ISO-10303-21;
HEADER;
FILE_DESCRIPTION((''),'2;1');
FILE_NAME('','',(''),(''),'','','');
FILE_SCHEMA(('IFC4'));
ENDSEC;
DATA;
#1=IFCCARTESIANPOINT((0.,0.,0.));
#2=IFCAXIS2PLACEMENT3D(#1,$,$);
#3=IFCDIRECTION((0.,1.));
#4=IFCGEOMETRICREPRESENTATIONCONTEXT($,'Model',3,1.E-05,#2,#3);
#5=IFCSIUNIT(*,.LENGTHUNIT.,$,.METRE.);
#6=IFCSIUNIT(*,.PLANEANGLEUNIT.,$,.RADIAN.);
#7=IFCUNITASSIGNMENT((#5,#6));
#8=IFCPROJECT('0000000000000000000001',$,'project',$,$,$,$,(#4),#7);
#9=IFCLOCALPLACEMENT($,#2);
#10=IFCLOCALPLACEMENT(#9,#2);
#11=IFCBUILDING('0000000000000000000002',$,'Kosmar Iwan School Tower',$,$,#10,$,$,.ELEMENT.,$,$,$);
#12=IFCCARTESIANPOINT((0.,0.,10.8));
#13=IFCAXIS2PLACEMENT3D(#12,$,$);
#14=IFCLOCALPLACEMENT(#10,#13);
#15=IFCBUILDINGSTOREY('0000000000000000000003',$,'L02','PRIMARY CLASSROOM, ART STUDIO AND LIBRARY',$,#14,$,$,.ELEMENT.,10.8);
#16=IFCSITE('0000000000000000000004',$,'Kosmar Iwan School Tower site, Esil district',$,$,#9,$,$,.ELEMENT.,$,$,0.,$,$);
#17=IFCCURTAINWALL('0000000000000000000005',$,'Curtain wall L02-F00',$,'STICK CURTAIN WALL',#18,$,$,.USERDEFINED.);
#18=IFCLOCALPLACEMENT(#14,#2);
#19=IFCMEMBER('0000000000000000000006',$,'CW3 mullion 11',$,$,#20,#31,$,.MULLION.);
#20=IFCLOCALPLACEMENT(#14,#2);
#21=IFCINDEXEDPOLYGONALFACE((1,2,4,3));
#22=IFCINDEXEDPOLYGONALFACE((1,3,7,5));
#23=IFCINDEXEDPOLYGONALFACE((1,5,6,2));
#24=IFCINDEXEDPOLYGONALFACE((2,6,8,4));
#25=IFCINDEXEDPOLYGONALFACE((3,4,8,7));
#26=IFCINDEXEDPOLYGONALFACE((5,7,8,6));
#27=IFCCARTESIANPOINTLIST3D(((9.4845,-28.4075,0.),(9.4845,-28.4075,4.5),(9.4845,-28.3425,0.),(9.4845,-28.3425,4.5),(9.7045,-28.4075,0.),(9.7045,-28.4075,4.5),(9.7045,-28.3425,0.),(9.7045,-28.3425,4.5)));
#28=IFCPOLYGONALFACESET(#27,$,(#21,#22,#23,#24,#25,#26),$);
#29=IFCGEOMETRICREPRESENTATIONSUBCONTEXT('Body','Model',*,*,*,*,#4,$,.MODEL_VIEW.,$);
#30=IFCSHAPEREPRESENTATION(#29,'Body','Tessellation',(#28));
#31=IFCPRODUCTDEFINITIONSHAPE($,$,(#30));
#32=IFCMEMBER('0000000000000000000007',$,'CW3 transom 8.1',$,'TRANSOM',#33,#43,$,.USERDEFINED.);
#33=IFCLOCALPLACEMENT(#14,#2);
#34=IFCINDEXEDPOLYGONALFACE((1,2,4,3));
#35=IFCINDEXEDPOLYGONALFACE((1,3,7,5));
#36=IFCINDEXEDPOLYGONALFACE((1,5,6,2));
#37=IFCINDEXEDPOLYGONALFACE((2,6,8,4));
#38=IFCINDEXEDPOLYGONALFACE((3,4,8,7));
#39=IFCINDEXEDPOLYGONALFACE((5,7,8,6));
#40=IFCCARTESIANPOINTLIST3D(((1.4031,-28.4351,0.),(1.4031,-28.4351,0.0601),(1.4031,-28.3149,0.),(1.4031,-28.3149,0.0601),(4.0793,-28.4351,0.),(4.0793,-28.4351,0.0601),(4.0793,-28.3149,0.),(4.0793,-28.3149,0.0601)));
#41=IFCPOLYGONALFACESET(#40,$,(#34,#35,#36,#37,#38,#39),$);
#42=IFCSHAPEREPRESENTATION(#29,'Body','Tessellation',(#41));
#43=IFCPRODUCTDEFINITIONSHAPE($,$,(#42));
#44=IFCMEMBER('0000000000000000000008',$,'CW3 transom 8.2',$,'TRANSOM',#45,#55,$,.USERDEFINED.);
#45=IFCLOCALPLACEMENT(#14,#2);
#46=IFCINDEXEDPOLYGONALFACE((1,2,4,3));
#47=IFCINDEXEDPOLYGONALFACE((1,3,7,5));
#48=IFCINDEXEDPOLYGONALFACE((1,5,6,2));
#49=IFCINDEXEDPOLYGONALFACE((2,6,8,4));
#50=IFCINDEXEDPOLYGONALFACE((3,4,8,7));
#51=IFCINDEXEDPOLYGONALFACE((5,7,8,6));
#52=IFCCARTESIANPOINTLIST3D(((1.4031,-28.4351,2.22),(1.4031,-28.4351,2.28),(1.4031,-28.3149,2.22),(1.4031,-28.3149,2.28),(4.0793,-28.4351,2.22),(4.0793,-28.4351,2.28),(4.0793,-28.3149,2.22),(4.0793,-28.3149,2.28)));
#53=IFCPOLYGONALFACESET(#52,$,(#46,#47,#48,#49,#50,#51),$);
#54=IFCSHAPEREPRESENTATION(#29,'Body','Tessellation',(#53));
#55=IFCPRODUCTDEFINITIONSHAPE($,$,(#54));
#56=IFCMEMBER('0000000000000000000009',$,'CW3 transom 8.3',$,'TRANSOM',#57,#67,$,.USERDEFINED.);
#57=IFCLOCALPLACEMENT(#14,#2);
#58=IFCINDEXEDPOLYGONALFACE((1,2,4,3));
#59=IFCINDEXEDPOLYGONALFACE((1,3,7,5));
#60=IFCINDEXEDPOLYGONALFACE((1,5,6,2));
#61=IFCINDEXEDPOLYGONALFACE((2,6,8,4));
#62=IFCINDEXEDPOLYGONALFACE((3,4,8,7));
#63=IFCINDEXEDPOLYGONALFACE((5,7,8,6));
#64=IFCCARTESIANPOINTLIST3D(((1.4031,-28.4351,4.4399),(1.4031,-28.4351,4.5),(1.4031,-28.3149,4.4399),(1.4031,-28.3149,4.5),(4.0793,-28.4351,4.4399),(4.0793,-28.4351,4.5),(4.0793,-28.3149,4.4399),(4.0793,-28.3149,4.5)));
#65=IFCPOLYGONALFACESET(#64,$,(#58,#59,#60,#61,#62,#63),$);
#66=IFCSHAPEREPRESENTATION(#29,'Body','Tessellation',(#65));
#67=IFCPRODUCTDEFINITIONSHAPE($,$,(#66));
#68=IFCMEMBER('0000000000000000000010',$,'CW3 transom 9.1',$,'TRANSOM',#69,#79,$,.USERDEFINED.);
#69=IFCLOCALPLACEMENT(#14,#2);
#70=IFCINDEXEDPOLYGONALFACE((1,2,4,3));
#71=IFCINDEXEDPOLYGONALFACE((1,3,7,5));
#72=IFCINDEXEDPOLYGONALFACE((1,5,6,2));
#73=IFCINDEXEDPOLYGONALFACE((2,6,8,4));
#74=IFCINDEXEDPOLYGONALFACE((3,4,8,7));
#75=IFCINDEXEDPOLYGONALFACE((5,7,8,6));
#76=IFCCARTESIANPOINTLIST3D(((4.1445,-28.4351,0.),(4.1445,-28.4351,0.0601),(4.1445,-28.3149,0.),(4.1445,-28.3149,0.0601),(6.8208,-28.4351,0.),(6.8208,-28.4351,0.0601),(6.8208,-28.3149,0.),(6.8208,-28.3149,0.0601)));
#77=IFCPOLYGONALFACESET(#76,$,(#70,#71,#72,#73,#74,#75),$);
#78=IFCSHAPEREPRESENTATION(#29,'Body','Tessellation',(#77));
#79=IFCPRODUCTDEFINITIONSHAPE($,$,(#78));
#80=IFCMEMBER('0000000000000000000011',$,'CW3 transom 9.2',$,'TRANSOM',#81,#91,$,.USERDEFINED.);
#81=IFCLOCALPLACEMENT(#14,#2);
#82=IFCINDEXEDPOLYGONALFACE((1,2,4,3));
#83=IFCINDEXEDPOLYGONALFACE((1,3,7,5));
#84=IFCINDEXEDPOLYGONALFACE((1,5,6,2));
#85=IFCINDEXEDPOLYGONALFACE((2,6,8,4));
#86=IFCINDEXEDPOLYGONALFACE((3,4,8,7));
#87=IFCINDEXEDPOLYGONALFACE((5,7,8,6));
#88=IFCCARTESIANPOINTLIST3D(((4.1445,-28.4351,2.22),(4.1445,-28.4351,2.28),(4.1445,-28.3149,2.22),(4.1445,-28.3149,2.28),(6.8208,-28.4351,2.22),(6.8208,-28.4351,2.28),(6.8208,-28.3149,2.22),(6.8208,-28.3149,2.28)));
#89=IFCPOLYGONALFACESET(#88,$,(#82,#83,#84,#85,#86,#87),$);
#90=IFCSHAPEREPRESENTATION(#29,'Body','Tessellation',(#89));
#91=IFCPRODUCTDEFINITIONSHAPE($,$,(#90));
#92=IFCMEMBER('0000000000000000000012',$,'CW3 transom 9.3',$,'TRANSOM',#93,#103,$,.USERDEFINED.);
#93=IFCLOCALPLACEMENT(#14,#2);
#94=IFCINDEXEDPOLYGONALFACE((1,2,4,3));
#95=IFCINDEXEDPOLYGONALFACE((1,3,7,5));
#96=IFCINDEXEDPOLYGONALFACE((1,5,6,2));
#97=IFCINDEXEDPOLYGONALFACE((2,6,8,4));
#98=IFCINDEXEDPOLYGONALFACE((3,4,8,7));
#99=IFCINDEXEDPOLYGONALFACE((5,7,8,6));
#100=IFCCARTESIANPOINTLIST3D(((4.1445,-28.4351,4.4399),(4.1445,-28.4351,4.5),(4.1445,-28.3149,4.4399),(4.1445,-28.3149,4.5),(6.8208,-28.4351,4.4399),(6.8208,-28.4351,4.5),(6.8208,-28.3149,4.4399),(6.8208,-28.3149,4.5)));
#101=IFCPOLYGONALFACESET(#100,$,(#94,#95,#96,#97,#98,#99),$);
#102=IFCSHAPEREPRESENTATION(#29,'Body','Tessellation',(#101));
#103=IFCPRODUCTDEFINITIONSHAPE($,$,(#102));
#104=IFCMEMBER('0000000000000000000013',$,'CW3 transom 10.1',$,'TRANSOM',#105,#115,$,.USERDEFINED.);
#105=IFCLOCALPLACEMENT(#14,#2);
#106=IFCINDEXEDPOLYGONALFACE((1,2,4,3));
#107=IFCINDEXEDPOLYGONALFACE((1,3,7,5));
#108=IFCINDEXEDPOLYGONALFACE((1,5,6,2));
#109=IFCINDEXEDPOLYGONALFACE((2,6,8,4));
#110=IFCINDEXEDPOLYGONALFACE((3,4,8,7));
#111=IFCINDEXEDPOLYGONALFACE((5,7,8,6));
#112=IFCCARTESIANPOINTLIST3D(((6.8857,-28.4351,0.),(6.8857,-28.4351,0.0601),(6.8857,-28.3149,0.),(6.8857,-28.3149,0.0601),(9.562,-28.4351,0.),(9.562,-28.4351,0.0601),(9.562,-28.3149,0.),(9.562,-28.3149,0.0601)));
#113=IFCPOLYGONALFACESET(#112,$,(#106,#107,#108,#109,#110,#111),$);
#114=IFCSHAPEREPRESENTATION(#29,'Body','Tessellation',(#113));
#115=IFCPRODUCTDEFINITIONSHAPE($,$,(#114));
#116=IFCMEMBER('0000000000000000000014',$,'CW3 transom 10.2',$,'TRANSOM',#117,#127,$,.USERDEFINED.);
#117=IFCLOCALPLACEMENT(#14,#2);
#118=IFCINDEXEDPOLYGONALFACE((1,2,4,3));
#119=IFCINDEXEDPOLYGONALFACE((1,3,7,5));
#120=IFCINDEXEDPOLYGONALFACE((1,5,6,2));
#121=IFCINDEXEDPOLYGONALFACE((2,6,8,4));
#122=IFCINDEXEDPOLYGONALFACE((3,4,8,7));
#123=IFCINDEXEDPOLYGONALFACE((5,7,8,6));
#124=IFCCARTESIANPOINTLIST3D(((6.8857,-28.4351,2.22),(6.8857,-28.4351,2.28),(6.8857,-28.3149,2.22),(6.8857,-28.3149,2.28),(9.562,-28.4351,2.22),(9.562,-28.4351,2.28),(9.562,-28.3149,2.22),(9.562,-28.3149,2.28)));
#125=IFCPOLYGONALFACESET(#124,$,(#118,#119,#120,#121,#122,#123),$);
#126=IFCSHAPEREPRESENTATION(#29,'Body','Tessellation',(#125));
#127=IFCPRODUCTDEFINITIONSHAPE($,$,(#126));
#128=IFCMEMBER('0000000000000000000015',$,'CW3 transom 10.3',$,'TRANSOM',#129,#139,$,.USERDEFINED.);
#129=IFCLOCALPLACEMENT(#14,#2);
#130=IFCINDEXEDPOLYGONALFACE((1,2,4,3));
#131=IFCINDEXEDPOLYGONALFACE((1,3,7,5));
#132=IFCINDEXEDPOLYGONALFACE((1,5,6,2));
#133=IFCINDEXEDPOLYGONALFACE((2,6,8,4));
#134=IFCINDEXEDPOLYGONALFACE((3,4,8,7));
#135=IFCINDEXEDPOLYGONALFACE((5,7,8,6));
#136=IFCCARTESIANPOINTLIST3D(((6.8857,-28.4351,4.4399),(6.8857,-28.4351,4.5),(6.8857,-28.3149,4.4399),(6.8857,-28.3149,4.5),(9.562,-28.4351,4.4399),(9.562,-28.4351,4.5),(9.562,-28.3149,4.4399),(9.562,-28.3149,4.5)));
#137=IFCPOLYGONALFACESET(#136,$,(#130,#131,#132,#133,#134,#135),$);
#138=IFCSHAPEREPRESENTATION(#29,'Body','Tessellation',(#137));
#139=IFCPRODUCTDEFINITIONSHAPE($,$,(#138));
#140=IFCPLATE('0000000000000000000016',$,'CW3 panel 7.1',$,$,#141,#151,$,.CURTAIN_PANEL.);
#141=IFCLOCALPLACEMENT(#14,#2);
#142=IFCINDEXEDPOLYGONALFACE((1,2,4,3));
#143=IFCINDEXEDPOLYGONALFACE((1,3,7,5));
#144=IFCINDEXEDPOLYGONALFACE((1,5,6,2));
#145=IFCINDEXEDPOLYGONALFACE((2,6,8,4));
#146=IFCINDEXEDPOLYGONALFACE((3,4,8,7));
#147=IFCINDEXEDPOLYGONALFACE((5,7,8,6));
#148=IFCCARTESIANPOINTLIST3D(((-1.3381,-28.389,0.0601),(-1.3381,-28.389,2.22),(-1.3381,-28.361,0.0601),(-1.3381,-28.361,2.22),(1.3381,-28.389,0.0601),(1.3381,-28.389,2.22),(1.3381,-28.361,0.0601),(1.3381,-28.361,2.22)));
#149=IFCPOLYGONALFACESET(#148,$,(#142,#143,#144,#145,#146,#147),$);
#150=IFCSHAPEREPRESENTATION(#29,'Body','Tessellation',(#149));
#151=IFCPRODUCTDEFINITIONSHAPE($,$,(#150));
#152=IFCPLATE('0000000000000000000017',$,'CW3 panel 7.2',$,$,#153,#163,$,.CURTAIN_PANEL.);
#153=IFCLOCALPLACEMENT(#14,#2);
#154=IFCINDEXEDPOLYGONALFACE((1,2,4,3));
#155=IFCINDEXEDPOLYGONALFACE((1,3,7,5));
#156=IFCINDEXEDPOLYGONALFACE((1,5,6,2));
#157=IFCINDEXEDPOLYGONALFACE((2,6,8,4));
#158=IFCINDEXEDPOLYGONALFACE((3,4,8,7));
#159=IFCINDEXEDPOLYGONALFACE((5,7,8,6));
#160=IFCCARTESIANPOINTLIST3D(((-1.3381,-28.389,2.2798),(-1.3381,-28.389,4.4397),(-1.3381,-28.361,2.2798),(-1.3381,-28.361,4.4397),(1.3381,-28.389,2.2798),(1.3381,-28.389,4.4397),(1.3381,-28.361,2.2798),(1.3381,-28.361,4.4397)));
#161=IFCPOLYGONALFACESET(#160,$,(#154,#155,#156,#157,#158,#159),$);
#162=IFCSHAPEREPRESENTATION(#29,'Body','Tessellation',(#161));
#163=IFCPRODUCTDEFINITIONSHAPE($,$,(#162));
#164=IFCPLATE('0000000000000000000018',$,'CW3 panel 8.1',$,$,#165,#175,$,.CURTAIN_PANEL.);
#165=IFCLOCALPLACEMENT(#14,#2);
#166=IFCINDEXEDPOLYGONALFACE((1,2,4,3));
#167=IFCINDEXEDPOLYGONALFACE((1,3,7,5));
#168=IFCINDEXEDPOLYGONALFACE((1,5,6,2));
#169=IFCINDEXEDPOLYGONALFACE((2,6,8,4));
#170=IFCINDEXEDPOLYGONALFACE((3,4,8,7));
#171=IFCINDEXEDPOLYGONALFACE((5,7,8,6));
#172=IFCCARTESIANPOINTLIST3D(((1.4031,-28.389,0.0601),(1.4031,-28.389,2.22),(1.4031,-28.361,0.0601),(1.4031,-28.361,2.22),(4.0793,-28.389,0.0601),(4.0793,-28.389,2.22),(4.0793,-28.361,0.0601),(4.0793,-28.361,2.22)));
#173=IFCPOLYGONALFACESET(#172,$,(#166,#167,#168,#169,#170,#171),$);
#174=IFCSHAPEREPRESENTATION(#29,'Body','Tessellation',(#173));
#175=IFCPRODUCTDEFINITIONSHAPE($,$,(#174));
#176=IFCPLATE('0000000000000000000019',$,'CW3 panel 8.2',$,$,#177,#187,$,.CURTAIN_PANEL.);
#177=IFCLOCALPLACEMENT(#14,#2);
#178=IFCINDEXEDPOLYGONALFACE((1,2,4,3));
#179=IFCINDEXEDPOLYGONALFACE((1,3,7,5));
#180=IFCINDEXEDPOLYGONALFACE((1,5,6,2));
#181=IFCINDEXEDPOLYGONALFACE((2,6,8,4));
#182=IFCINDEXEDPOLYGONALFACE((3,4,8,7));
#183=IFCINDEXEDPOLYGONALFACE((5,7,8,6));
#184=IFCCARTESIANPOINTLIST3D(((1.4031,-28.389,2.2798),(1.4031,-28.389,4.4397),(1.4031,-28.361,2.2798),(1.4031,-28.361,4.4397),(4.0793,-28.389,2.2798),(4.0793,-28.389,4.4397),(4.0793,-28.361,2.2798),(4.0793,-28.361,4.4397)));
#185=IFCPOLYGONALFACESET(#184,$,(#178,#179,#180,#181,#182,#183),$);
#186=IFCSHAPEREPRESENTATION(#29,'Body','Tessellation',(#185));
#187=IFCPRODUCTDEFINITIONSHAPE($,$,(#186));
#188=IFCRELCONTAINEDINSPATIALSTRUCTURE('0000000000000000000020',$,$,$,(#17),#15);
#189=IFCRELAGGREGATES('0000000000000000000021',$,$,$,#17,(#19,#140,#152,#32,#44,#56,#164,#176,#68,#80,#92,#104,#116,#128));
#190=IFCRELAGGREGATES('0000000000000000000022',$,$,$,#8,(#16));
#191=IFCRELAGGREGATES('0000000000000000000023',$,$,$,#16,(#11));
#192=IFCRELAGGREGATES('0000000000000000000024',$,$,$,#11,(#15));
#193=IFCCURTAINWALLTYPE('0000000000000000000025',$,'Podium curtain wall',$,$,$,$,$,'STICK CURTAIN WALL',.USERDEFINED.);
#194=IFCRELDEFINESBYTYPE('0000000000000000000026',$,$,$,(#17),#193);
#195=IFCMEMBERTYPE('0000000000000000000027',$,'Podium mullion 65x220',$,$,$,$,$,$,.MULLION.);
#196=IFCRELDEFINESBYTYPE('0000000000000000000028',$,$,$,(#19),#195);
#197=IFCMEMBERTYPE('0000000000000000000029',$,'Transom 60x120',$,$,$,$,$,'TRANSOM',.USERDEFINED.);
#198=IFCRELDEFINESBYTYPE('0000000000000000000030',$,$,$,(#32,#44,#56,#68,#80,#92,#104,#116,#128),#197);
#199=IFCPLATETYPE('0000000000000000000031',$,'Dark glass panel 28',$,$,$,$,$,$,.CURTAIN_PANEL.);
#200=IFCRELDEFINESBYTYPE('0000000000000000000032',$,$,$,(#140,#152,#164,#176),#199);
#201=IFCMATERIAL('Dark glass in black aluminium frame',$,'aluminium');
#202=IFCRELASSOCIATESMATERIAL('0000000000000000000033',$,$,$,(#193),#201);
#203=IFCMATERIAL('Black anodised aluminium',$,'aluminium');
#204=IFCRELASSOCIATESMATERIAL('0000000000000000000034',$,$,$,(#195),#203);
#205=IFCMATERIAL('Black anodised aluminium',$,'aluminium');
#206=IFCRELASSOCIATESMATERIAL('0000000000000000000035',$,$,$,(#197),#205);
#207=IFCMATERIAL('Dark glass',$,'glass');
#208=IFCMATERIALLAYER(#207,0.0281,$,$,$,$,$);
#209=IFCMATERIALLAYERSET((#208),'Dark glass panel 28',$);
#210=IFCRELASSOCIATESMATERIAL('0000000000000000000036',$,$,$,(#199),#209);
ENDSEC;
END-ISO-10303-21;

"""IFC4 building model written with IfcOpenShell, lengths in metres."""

from ifc_helpers import new_model, si_unit, direction, frame, origin, origin_2d, place, context, subcontext, project, spatial, rectangle, extrude, material, layer, layer_set, material_profile, profile_set, type_object, element, aggregate, save


model = new_model("IFC4")

# Units and contexts
model_context = context("Model", 3, precision=1e-05, world=origin(), true_north=direction((0.0, 1.0)))
body_context = subcontext(model_context, "Body", "Model", "MODEL_VIEW")
ifc_project = project(units=[si_unit("LENGTHUNIT", "METRE"), si_unit("PLANEANGLEUNIT", "RADIAN")], contexts=[model_context])

# Site, building, storey
site_placement = place(None, origin())
site = spatial("IfcSite", under=ifc_project, at=site_placement, Name="Kosmar Iwan School Tower site, Esil district", CompositionType="ELEMENT", RefElevation=0.0)
building_placement = place(site_placement, origin())
building = spatial("IfcBuilding", under=site, at=building_placement, Name="Kosmar Iwan School Tower", CompositionType="ELEMENT")
storey_placement = place(building_placement, frame((0.0, 0.0, 10.8)))
storey = spatial("IfcBuildingStorey", under=building, at=storey_placement, Name="L02", Description="PRIMARY CLASSROOM, ART STUDIO AND LIBRARY", CompositionType="ELEMENT", Elevation=10.8)

# Curtain wall, members, plates
ifc_material_1 = material(Name="Dark glass in black aluminium frame", Category="aluminium")
curtain_wall_type = type_object("IfcCurtainWallType", Name="Podium curtain wall", ElementType="STICK CURTAIN WALL", PredefinedType="USERDEFINED", material=ifc_material_1)
curtain_wall_placement = place(storey_placement, origin())
curtain_wall = element("IfcCurtainWall", 1, at=curtain_wall_placement, inside=storey, type_object=curtain_wall_type, Name="Curtain wall L02-F00", ObjectType="STICK CURTAIN WALL", PredefinedType="USERDEFINED")
ifc_material_2 = material(Name="Black anodised aluminium", Category="aluminium")
ifc_material_profile_1 = material_profile(ifc_material_2, rectangle(XDim=0.0649, YDim=0.22, at=origin_2d()), Name="MULLION 65x220")
ifc_profile_set_1 = profile_set([ifc_material_profile_1], Name="Black anodised aluminium")
member_type_1 = type_object("IfcMemberType", Name="Podium mullion 65x220", PredefinedType="MULLION", material=ifc_profile_set_1)
member_1_placement = place(storey_placement, frame((9.5945, -28.375, 0.0), z_axis=(0.0, 0.0, 1.0), x_axis=(0.0, 1.0, 0.0)))
member_1 = element("IfcMember", 2, at=member_1_placement, type_object=member_type_1, Name="CW3 mullion 11", PredefinedType="MULLION", context=body_context, shape_type="SweptSolid", body=[
    extrude(rectangle(XDim=0.0649, YDim=0.22, at=origin_2d()), origin(), (0.0, 0.0, 1.0), 4.5),
])
ifc_material_3 = material(Name="Black anodised aluminium", Category="aluminium")
ifc_material_profile_2 = material_profile(ifc_material_3, rectangle(XDim=0.1201, YDim=0.0601, at=origin_2d()), Name="TRANSOM 60x120")
ifc_profile_set_2 = profile_set([ifc_material_profile_2], Name="Black anodised aluminium")
member_type_2 = type_object("IfcMemberType", Name="Transom 60x120", ElementType="TRANSOM", PredefinedType="USERDEFINED", material=ifc_profile_set_2)
member_2_placement = place(storey_placement, frame((1.4031, -28.375, 0.03), z_axis=(1.0, 0.0, 0.0), x_axis=(0.0, 1.0, 0.0)))
member_2 = element("IfcMember", 3, at=member_2_placement, type_object=member_type_2, Name="CW3 transom 8.1", ObjectType="TRANSOM", PredefinedType="USERDEFINED", context=body_context, shape_type="SweptSolid", body=[
    extrude(rectangle(XDim=0.1201, YDim=0.0601, at=origin_2d()), origin(), (0.0, 0.0, 1.0), 2.6763),
])
member_3_placement = place(storey_placement, frame((1.4031, -28.375, 2.25), z_axis=(1.0, 0.0, 0.0), x_axis=(0.0, 1.0, 0.0)))
member_3 = element("IfcMember", 4, at=member_3_placement, type_object=member_type_2, Name="CW3 transom 8.2", ObjectType="TRANSOM", PredefinedType="USERDEFINED", context=body_context, shape_type="SweptSolid", body=[
    extrude(rectangle(XDim=0.1201, YDim=0.0601, at=origin_2d()), origin(), (0.0, 0.0, 1.0), 2.6763),
])
member_4_placement = place(storey_placement, frame((1.4031, -28.375, 4.47), z_axis=(1.0, 0.0, 0.0), x_axis=(0.0, 1.0, 0.0)))
member_4 = element("IfcMember", 5, at=member_4_placement, type_object=member_type_2, Name="CW3 transom 8.3", ObjectType="TRANSOM", PredefinedType="USERDEFINED", context=body_context, shape_type="SweptSolid", body=[
    extrude(rectangle(XDim=0.1201, YDim=0.0601, at=origin_2d()), origin(), (0.0, 0.0, 1.0), 2.6763),
])
member_5_placement = place(storey_placement, frame((4.1445, -28.375, 0.03), z_axis=(1.0, 0.0, 0.0), x_axis=(0.0, 1.0, 0.0)))
member_5 = element("IfcMember", 6, at=member_5_placement, type_object=member_type_2, Name="CW3 transom 9.1", ObjectType="TRANSOM", PredefinedType="USERDEFINED", context=body_context, shape_type="SweptSolid", body=[
    extrude(rectangle(XDim=0.1201, YDim=0.0601, at=origin_2d()), origin(), (0.0, 0.0, 1.0), 2.6763),
])
member_6_placement = place(storey_placement, frame((4.1445, -28.375, 2.25), z_axis=(1.0, 0.0, 0.0), x_axis=(0.0, 1.0, 0.0)))
member_6 = element("IfcMember", 7, at=member_6_placement, type_object=member_type_2, Name="CW3 transom 9.2", ObjectType="TRANSOM", PredefinedType="USERDEFINED", context=body_context, shape_type="SweptSolid", body=[
    extrude(rectangle(XDim=0.1201, YDim=0.0601, at=origin_2d()), origin(), (0.0, 0.0, 1.0), 2.6763),
])
member_7_placement = place(storey_placement, frame((4.1445, -28.375, 4.47), z_axis=(1.0, 0.0, 0.0), x_axis=(0.0, 1.0, 0.0)))
member_7 = element("IfcMember", 8, at=member_7_placement, type_object=member_type_2, Name="CW3 transom 9.3", ObjectType="TRANSOM", PredefinedType="USERDEFINED", context=body_context, shape_type="SweptSolid", body=[
    extrude(rectangle(XDim=0.1201, YDim=0.0601, at=origin_2d()), origin(), (0.0, 0.0, 1.0), 2.6763),
])
member_8_placement = place(storey_placement, frame((6.8857, -28.375, 0.03), z_axis=(1.0, 0.0, 0.0), x_axis=(0.0, 1.0, 0.0)))
member_8 = element("IfcMember", 9, at=member_8_placement, type_object=member_type_2, Name="CW3 transom 10.1", ObjectType="TRANSOM", PredefinedType="USERDEFINED", context=body_context, shape_type="SweptSolid", body=[
    extrude(rectangle(XDim=0.1201, YDim=0.0601, at=origin_2d()), origin(), (0.0, 0.0, 1.0), 2.6763),
])
member_9_placement = place(storey_placement, frame((6.8857, -28.375, 2.25), z_axis=(1.0, 0.0, 0.0), x_axis=(0.0, 1.0, 0.0)))
member_9 = element("IfcMember", 10, at=member_9_placement, type_object=member_type_2, Name="CW3 transom 10.2", ObjectType="TRANSOM", PredefinedType="USERDEFINED", context=body_context, shape_type="SweptSolid", body=[
    extrude(rectangle(XDim=0.1201, YDim=0.0601, at=origin_2d()), origin(), (0.0, 0.0, 1.0), 2.6763),
])
member_10_placement = place(storey_placement, frame((6.8857, -28.375, 4.47), z_axis=(1.0, 0.0, 0.0), x_axis=(0.0, 1.0, 0.0)))
member_10 = element("IfcMember", 11, at=member_10_placement, type_object=member_type_2, Name="CW3 transom 10.3", ObjectType="TRANSOM", PredefinedType="USERDEFINED", context=body_context, shape_type="SweptSolid", body=[
    extrude(rectangle(XDim=0.1201, YDim=0.0601, at=origin_2d()), origin(), (0.0, 0.0, 1.0), 2.6763),
])
ifc_material_4 = material(Name="Dark glass", Category="glass")
ifc_layer_1 = layer(ifc_material_4, 0.0281)
ifc_layer_set_1 = layer_set([ifc_layer_1], Name="Dark glass panel 28")
plate_type = type_object("IfcPlateType", Name="Dark glass panel 28", PredefinedType="CURTAIN_PANEL", material=ifc_layer_set_1)
plate_1_placement = place(storey_placement, frame((0.0, -28.375, 0.0601), z_axis=(0.0, 0.0, 1.0), x_axis=(1.0, 0.0, 0.0)))
plate_1 = element("IfcPlate", 12, at=plate_1_placement, type_object=plate_type, Name="CW3 panel 7.1", PredefinedType="CURTAIN_PANEL", context=body_context, shape_type="SweptSolid", body=[
    extrude(rectangle(XDim=2.6763, YDim=0.0281, at=origin_2d()), origin(), (0.0, 0.0, 1.0), 2.1599),
])
plate_2_placement = place(storey_placement, frame((0.0, -28.375, 2.2798), z_axis=(0.0, 0.0, 1.0), x_axis=(1.0, 0.0, 0.0)))
plate_2 = element("IfcPlate", 13, at=plate_2_placement, type_object=plate_type, Name="CW3 panel 7.2", PredefinedType="CURTAIN_PANEL", context=body_context, shape_type="SweptSolid", body=[
    extrude(rectangle(XDim=2.6763, YDim=0.0281, at=origin_2d()), origin(), (0.0, 0.0, 1.0), 2.1599),
])
plate_3_placement = place(storey_placement, frame((2.7412, -28.375, 0.0601), z_axis=(0.0, 0.0, 1.0), x_axis=(1.0, 0.0, 0.0)))
plate_3 = element("IfcPlate", 14, at=plate_3_placement, type_object=plate_type, Name="CW3 panel 8.1", PredefinedType="CURTAIN_PANEL", context=body_context, shape_type="SweptSolid", body=[
    extrude(rectangle(XDim=2.6763, YDim=0.0281, at=origin_2d()), origin(), (0.0, 0.0, 1.0), 2.1599),
])
plate_4_placement = place(storey_placement, frame((2.7412, -28.375, 2.2798), z_axis=(0.0, 0.0, 1.0), x_axis=(1.0, 0.0, 0.0)))
plate_4 = element("IfcPlate", 15, at=plate_4_placement, type_object=plate_type, Name="CW3 panel 8.2", PredefinedType="CURTAIN_PANEL", context=body_context, shape_type="SweptSolid", body=[
    extrude(rectangle(XDim=2.6763, YDim=0.0281, at=origin_2d()), origin(), (0.0, 0.0, 1.0), 2.1599),
])
aggregate(curtain_wall, [member_1, plate_1, plate_2, member_2, member_3, member_4, plate_3, plate_4, member_5, member_6, member_7, member_8, member_9, member_10])

save(model, "model.ifc")
